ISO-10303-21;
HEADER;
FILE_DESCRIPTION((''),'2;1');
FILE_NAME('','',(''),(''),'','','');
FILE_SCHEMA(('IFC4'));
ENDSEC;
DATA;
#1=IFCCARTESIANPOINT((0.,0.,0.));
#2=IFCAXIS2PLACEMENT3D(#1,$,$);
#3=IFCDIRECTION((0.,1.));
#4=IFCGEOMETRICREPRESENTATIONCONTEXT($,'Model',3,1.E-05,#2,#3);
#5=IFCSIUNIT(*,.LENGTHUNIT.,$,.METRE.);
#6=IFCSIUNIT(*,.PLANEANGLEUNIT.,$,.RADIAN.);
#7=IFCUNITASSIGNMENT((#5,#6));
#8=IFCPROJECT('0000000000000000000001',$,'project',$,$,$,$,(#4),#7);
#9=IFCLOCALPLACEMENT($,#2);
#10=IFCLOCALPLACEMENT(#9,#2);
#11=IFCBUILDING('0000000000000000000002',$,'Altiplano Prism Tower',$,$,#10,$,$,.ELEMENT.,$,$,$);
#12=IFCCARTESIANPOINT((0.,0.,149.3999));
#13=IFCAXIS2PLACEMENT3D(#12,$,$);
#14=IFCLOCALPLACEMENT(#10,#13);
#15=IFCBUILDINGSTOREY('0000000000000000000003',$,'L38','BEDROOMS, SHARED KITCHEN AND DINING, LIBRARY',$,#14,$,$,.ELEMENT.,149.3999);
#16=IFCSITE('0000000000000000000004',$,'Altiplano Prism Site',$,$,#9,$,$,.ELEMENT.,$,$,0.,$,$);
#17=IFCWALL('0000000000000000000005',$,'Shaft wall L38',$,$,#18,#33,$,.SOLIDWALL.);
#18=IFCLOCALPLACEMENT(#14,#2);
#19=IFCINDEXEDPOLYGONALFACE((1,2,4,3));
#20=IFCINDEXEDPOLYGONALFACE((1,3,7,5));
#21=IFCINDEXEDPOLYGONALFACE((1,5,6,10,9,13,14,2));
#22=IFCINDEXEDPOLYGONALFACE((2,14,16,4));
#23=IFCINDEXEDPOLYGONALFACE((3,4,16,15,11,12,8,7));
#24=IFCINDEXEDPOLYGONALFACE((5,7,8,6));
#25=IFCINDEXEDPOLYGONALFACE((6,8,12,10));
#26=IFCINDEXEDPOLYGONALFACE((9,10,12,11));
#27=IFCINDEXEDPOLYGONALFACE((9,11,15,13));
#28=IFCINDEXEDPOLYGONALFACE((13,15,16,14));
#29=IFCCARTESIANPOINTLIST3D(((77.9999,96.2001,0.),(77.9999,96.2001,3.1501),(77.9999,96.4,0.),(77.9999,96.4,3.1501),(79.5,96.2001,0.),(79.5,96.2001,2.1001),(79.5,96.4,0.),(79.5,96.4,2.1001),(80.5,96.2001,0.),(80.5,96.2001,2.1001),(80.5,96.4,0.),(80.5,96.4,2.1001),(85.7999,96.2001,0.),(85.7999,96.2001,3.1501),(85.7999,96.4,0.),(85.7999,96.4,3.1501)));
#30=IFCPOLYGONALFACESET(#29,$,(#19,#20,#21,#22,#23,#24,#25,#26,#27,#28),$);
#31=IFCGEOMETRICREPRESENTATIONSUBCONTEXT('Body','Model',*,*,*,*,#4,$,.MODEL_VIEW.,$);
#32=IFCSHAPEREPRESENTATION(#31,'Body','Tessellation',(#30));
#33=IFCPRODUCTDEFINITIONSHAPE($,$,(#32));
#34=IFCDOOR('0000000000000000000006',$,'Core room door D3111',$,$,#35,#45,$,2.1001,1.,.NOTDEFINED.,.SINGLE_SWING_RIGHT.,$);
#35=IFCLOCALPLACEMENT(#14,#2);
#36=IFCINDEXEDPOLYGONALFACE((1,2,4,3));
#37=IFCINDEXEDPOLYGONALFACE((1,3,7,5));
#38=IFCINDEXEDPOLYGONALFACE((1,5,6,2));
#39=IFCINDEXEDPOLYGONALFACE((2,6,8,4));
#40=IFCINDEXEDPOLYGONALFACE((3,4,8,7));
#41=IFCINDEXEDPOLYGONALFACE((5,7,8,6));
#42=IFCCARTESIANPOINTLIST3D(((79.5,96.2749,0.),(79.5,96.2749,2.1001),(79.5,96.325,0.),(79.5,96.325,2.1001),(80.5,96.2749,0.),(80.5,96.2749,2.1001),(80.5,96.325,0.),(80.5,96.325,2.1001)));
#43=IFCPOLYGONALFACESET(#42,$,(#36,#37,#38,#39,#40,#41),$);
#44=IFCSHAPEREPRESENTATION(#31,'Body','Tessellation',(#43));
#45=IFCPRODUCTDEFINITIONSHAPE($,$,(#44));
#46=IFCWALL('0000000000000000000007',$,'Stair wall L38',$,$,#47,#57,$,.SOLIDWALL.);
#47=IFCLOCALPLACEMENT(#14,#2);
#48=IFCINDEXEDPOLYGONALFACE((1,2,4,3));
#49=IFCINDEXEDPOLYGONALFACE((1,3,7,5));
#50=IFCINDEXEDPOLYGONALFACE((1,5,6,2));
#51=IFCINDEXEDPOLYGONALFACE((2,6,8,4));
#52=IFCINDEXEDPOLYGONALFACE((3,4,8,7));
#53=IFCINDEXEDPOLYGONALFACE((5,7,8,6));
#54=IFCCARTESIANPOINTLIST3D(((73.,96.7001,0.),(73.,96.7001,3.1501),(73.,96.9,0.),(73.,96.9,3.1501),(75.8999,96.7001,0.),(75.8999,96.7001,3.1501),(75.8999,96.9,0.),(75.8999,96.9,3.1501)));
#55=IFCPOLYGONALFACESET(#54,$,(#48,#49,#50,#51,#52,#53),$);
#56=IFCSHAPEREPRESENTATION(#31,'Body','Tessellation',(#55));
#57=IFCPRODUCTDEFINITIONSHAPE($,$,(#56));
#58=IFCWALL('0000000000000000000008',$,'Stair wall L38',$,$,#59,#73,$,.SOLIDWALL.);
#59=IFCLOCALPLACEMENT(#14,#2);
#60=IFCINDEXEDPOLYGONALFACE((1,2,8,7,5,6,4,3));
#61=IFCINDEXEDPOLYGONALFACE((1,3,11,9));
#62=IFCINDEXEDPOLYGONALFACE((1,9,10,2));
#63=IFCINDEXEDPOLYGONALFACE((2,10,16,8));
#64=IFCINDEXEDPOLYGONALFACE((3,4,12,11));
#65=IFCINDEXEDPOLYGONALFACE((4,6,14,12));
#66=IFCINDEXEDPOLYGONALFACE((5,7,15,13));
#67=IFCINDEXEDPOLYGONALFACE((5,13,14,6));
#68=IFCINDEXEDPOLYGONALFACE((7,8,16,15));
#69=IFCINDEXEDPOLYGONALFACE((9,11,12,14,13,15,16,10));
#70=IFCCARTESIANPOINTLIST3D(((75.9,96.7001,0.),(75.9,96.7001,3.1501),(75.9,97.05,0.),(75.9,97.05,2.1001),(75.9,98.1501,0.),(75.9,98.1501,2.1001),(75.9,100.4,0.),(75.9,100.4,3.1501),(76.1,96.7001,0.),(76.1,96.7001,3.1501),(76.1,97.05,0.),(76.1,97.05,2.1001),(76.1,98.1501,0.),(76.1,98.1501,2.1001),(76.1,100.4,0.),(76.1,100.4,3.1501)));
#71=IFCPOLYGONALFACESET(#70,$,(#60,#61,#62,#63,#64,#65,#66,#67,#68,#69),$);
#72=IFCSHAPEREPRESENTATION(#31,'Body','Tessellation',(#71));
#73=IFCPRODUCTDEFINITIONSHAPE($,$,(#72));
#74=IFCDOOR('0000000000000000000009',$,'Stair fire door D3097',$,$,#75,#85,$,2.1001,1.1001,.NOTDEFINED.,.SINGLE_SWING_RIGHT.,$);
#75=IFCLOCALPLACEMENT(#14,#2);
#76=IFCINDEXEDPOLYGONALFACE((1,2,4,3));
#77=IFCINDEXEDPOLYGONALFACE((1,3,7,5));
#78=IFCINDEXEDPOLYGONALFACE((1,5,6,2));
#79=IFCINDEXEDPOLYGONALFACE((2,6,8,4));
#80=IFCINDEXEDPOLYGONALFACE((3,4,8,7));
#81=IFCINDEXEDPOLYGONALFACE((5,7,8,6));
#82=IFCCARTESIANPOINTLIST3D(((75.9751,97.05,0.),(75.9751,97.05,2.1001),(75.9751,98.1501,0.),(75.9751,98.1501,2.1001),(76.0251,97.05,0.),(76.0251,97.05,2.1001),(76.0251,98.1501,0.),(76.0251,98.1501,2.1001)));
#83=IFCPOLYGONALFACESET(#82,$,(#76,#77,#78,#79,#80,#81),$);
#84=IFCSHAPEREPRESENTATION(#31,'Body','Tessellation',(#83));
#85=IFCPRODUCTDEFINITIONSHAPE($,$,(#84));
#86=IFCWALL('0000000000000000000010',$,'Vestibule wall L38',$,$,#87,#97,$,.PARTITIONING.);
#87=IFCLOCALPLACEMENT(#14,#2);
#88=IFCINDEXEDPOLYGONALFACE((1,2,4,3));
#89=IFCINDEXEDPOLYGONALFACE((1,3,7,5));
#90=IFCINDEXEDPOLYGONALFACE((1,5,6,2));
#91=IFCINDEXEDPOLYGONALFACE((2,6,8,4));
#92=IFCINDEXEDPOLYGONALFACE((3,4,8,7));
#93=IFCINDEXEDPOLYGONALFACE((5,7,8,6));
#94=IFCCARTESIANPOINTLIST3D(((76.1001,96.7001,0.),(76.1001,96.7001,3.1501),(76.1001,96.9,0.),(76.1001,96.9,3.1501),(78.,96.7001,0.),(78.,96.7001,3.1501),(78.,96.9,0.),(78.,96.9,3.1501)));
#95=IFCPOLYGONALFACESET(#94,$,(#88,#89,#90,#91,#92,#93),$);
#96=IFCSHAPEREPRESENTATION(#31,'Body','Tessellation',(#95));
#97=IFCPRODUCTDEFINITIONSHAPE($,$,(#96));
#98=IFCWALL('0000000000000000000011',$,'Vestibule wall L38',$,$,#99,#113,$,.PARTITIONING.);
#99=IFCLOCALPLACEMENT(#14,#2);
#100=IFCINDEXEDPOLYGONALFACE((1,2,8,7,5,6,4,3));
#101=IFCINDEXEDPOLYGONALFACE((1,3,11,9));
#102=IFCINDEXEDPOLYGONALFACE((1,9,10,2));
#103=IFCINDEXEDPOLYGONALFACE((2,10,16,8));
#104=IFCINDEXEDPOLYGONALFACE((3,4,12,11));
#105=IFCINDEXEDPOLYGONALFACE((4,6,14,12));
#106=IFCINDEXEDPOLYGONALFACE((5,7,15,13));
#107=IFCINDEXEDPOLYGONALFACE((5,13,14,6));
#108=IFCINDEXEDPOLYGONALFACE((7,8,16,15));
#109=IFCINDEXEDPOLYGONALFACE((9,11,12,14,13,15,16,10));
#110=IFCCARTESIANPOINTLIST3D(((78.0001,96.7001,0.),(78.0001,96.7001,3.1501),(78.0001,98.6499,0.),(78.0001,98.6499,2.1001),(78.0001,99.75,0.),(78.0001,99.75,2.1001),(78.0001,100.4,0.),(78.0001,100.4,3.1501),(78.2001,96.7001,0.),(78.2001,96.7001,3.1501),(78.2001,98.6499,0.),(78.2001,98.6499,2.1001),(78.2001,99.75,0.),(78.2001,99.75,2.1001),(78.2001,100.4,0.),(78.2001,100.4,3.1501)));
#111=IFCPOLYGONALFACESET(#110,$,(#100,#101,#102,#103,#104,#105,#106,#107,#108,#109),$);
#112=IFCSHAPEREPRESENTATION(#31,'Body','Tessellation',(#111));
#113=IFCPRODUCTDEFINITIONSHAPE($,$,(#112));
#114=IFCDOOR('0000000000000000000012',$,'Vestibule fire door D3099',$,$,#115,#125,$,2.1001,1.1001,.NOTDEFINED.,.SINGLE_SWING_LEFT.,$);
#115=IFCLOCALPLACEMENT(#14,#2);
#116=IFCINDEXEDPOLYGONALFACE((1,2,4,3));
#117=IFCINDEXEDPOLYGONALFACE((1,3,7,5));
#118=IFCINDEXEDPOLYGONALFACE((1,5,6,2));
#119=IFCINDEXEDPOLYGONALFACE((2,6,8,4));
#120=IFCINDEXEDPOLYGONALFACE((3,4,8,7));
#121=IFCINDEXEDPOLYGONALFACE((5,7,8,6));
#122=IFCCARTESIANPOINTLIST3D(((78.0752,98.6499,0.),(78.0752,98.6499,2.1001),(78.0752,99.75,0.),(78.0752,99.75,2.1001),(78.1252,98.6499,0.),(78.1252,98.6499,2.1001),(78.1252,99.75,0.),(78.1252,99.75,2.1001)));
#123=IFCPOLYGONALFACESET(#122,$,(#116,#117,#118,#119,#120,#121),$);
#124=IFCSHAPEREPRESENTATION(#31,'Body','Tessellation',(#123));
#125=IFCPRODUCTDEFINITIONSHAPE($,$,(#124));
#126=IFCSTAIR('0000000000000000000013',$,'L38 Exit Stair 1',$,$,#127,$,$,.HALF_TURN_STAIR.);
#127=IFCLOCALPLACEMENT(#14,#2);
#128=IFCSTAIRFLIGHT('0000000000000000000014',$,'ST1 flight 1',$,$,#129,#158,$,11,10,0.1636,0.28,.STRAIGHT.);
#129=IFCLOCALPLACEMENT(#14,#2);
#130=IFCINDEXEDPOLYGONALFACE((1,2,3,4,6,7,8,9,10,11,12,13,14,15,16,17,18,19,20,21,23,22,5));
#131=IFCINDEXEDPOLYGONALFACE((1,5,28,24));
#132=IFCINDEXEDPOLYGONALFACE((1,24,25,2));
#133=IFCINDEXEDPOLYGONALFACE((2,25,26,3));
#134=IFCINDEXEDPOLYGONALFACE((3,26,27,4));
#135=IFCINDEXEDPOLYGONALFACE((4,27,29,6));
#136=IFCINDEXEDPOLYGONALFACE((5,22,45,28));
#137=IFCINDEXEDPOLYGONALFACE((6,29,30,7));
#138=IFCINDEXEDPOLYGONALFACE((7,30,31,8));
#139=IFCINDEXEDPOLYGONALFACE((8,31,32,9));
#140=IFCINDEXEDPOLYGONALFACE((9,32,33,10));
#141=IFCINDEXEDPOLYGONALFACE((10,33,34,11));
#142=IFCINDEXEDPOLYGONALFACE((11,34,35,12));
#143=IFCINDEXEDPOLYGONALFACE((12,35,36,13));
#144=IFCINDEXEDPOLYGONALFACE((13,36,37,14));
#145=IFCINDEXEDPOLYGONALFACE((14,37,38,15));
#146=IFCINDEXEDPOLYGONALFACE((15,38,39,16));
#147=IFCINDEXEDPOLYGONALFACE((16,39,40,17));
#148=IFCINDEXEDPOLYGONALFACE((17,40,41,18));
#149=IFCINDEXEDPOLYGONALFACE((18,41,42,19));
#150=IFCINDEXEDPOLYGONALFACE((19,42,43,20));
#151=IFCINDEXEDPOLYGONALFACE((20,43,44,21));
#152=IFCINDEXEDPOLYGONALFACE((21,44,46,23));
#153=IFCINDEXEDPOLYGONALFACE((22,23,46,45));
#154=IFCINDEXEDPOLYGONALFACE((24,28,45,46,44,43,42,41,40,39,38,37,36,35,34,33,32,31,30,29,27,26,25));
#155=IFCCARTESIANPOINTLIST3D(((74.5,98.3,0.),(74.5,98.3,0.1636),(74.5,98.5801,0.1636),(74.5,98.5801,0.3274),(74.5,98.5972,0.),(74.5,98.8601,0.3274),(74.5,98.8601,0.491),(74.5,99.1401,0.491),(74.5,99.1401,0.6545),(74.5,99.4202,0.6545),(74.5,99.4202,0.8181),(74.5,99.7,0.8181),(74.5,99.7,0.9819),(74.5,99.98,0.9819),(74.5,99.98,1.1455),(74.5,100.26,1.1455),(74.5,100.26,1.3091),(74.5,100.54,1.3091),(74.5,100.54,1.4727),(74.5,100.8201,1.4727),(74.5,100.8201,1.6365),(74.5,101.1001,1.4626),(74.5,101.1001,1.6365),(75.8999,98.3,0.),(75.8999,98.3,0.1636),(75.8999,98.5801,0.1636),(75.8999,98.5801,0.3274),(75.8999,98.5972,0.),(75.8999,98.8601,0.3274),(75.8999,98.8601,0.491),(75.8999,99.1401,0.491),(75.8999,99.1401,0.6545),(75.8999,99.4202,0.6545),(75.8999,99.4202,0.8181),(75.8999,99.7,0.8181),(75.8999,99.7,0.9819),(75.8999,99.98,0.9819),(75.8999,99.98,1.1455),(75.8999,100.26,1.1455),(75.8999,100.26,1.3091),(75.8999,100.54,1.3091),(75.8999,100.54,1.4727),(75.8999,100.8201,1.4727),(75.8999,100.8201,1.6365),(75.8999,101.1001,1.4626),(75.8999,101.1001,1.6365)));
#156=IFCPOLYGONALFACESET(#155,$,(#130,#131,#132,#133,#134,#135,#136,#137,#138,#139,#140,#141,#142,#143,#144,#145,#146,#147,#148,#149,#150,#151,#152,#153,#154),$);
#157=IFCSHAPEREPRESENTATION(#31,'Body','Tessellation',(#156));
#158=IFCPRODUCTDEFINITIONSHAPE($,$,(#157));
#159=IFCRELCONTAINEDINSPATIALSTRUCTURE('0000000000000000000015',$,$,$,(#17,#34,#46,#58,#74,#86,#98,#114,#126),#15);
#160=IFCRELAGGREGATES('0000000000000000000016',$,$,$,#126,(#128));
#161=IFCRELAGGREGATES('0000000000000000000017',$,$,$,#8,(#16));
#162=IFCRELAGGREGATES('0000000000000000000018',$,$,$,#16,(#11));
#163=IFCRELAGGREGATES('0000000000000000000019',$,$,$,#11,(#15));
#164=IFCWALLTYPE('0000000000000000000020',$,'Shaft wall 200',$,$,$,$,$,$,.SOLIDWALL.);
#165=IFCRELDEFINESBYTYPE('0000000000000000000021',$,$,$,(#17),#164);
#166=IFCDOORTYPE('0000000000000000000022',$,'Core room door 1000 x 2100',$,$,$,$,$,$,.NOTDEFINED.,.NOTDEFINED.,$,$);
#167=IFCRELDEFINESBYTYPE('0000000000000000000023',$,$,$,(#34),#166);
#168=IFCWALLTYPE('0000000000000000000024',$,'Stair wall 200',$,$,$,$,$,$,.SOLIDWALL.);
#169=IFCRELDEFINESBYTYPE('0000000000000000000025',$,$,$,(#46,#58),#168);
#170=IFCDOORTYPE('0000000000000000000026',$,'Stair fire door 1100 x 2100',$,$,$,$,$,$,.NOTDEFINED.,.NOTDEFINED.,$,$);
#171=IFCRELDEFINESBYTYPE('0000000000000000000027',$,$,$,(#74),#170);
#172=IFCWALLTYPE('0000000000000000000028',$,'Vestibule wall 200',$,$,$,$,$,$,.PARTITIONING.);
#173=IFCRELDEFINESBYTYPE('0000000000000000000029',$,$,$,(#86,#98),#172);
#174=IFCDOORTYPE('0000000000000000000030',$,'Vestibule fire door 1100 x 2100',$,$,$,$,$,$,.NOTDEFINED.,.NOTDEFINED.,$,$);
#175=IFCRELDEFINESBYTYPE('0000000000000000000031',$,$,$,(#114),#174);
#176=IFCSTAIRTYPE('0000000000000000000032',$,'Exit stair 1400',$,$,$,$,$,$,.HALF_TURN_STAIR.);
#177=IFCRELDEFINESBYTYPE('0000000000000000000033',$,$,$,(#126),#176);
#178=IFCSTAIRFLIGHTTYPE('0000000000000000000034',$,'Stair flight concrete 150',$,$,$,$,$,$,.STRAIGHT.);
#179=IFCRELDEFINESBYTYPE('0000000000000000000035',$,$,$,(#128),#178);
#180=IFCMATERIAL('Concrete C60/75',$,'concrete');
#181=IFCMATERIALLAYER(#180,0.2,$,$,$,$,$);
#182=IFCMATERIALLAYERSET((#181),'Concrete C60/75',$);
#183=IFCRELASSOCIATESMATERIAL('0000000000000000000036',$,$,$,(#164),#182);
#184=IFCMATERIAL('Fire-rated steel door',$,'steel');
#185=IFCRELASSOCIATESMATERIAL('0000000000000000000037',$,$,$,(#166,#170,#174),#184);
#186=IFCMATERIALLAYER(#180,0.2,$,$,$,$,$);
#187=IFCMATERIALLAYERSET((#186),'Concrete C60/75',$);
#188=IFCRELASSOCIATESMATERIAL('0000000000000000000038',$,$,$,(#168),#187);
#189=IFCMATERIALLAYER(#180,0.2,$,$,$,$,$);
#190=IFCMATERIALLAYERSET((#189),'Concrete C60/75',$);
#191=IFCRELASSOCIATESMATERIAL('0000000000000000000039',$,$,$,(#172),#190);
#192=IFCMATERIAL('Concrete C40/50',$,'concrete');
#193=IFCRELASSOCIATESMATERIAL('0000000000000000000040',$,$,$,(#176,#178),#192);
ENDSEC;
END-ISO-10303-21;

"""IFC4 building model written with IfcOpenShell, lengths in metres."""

from ifc_helpers import new_model, si_unit, direction, frame, frame_2d, origin, place, context, subcontext, project, spatial, polyline, rectangle, outline, extrude, material, layer, layer_set, type_object, element, fill, aggregate, save


model = new_model("IFC4")

# Units and contexts
model_context = context("Model", 3, precision=1e-05, world=origin(), true_north=direction((0.0, 1.0)))
body_context = subcontext(model_context, "Body", "Model", "MODEL_VIEW")
ifc_project = project(units=[si_unit("LENGTHUNIT", "METRE"), si_unit("PLANEANGLEUNIT", "RADIAN")], contexts=[model_context])

# Site, building, storey
site_placement = place(None, origin())
site = spatial("IfcSite", under=ifc_project, at=site_placement, Name="Altiplano Prism Site", CompositionType="ELEMENT", RefElevation=0.0)
building_placement = place(site_placement, origin())
building = spatial("IfcBuilding", under=site, at=building_placement, Name="Altiplano Prism Tower", CompositionType="ELEMENT")
storey_placement = place(building_placement, frame((0.0, 0.0, 149.3999)))
storey = spatial("IfcBuildingStorey", under=building, at=storey_placement, Name="L38", Description="BEDROOMS, SHARED KITCHEN AND DINING, LIBRARY", CompositionType="ELEMENT", Elevation=149.3999)

# Wall, opening, door
ifc_material_1 = material(Name="Concrete C60/75", Category="concrete")
ifc_layer_1 = layer(ifc_material_1, 0.2)
ifc_layer_set_1 = layer_set([ifc_layer_1], Name="Concrete C60/75")
wall_type_1 = type_object("IfcWallType", Name="Shaft wall 200", PredefinedType="SOLIDWALL", material=ifc_layer_set_1)
wall_1_placement = place(storey_placement, frame((78.0, 96.3, 0.0), z_axis=(0.0, 0.0, 1.0), x_axis=(1.0, 0.0, 0.0)))
wall_1 = element("IfcWall", 1, at=wall_1_placement, inside=storey, type_object=wall_type_1, Name="Shaft wall L38", PredefinedType="SOLIDWALL", context=body_context, shape_type="SweptSolid", body=[
    extrude(rectangle(XDim=7.8, YDim=0.2, at=frame_2d((3.8999, 0.0))), origin(), (0.0, 0.0, 1.0), 3.1501),
])
opening_1_placement = place(wall_1_placement, frame((1.5, 0.0, 0.0)))
opening_1 = element("IfcOpeningElement", 2, at=opening_1_placement, cuts=wall_1, PredefinedType="OPENING", context=body_context, shape_type="SweptSolid", body=[
    extrude(rectangle(XDim=1.0, YDim=2.1001, at=frame_2d((0.5, 1.05))), frame((0.0, 0.1104, 0.0), z_axis=(0.0, -1.0, 0.0), x_axis=(1.0, 0.0, 0.0)), (0.0, 0.0, 1.0), 0.2209),
])
ifc_material_2 = material(Name="Fire-rated steel door", Category="steel")
door_type_1 = type_object("IfcDoorType", Name="Core room door 1000 x 2100", OperationType="NOTDEFINED", PredefinedType="NOTDEFINED", material=ifc_material_2)
door_1_placement = place(opening_1_placement, origin())
door_1 = element("IfcDoor", 3, at=door_1_placement, inside=storey, type_object=door_type_1, Name="Core room door D3111", OperationType="SINGLE_SWING_RIGHT", OverallHeight=2.1001, OverallWidth=1.0, PredefinedType="NOTDEFINED", context=body_context, shape_type="SweptSolid", body=[
    extrude(rectangle(XDim=1.0, YDim=2.1001, at=frame_2d((0.5, 1.05))), frame((0.0, 0.0249, 0.0), z_axis=(0.0, -1.0, 0.0), x_axis=(1.0, 0.0, 0.0)), (0.0, 0.0, 1.0), 0.05),
])
fill(opening_1, door_1)

# Wall
ifc_layer_2 = layer(ifc_material_1, 0.2)
ifc_layer_set_2 = layer_set([ifc_layer_2], Name="Concrete C60/75")
wall_type_2 = type_object("IfcWallType", Name="Stair wall 200", PredefinedType="SOLIDWALL", material=ifc_layer_set_2)
wall_2_placement = place(storey_placement, frame((73.0, 96.8, 0.0), z_axis=(0.0, 0.0, 1.0), x_axis=(1.0, 0.0, 0.0)))
element("IfcWall", 4, at=wall_2_placement, inside=storey, type_object=wall_type_2, Name="Stair wall L38", PredefinedType="SOLIDWALL", context=body_context, shape_type="SweptSolid", body=[
    extrude(rectangle(XDim=2.8999, YDim=0.2, at=frame_2d((1.45, 0.0))), origin(), (0.0, 0.0, 1.0), 3.1501),
])

# Wall, opening, door
wall_3_placement = place(storey_placement, frame((76.0, 96.7, 0.0), z_axis=(0.0, 0.0, 1.0), x_axis=(0.0, 1.0, 0.0)))
wall_3 = element("IfcWall", 5, at=wall_3_placement, inside=storey, type_object=wall_type_2, Name="Stair wall L38", PredefinedType="SOLIDWALL", context=body_context, shape_type="SweptSolid", body=[
    extrude(rectangle(XDim=3.7, YDim=0.2, at=frame_2d((1.8501, 0.0))), origin(), (0.0, 0.0, 1.0), 3.1501),
])
opening_2_placement = place(wall_3_placement, frame((0.3501, 0.0, 0.0)))
opening_2 = element("IfcOpeningElement", 6, at=opening_2_placement, cuts=wall_3, PredefinedType="OPENING", context=body_context, shape_type="SweptSolid", body=[
    extrude(rectangle(XDim=1.1001, YDim=2.1001, at=frame_2d((0.55, 1.05))), frame((0.0, 0.1104, 0.0), z_axis=(0.0, -1.0, 0.0), x_axis=(1.0, 0.0, 0.0)), (0.0, 0.0, 1.0), 0.2209),
])
door_type_2 = type_object("IfcDoorType", Name="Stair fire door 1100 x 2100", OperationType="NOTDEFINED", PredefinedType="NOTDEFINED", material=ifc_material_2)
door_2_placement = place(opening_2_placement, origin())
door_2 = element("IfcDoor", 7, at=door_2_placement, inside=storey, type_object=door_type_2, Name="Stair fire door D3097", OperationType="SINGLE_SWING_RIGHT", OverallHeight=2.1001, OverallWidth=1.1001, PredefinedType="NOTDEFINED", context=body_context, shape_type="SweptSolid", body=[
    extrude(rectangle(XDim=1.1001, YDim=2.1001, at=frame_2d((0.55, 1.05))), frame((0.0, 0.0249, 0.0), z_axis=(0.0, -1.0, 0.0), x_axis=(1.0, 0.0, 0.0)), (0.0, 0.0, 1.0), 0.05),
])
fill(opening_2, door_2)

# Wall
ifc_layer_3 = layer(ifc_material_1, 0.2)
ifc_layer_set_3 = layer_set([ifc_layer_3], Name="Concrete C60/75")
wall_type_3 = type_object("IfcWallType", Name="Vestibule wall 200", PredefinedType="PARTITIONING", material=ifc_layer_set_3)
wall_4_placement = place(storey_placement, frame((76.1001, 96.8, 0.0), z_axis=(0.0, 0.0, 1.0), x_axis=(1.0, 0.0, 0.0)))
element("IfcWall", 8, at=wall_4_placement, inside=storey, type_object=wall_type_3, Name="Vestibule wall L38", PredefinedType="PARTITIONING", context=body_context, shape_type="SweptSolid", body=[
    extrude(rectangle(XDim=1.8999, YDim=0.2, at=frame_2d((0.95, 0.0))), origin(), (0.0, 0.0, 1.0), 3.1501),
])

# Wall, opening, door
wall_5_placement = place(storey_placement, frame((78.1001, 96.7, 0.0), z_axis=(0.0, 0.0, 1.0), x_axis=(0.0, 1.0, 0.0)))
wall_5 = element("IfcWall", 9, at=wall_5_placement, inside=storey, type_object=wall_type_3, Name="Vestibule wall L38", PredefinedType="PARTITIONING", context=body_context, shape_type="SweptSolid", body=[
    extrude(rectangle(XDim=3.7, YDim=0.2, at=frame_2d((1.8501, 0.0))), origin(), (0.0, 0.0, 1.0), 3.1501),
])
opening_3_placement = place(wall_5_placement, frame((1.95, 0.0, 0.0)))
opening_3 = element("IfcOpeningElement", 10, at=opening_3_placement, cuts=wall_5, PredefinedType="OPENING", context=body_context, shape_type="SweptSolid", body=[
    extrude(rectangle(XDim=1.1001, YDim=2.1001, at=frame_2d((0.55, 1.05))), frame((0.0, 0.1104, 0.0), z_axis=(0.0, -1.0, 0.0), x_axis=(1.0, 0.0, 0.0)), (0.0, 0.0, 1.0), 0.2209),
])
door_type_3 = type_object("IfcDoorType", Name="Vestibule fire door 1100 x 2100", OperationType="NOTDEFINED", PredefinedType="NOTDEFINED", material=ifc_material_2)
door_3_placement = place(opening_3_placement, origin())
door_3 = element("IfcDoor", 11, at=door_3_placement, inside=storey, type_object=door_type_3, Name="Vestibule fire door D3099", OperationType="SINGLE_SWING_LEFT", OverallHeight=2.1001, OverallWidth=1.1001, PredefinedType="NOTDEFINED", context=body_context, shape_type="SweptSolid", body=[
    extrude(rectangle(XDim=1.1001, YDim=2.1001, at=frame_2d((0.55, 1.05))), frame((0.0, 0.0249, 0.0), z_axis=(0.0, -1.0, 0.0), x_axis=(1.0, 0.0, 0.0)), (0.0, 0.0, 1.0), 0.05),
])
fill(opening_3, door_3)

# Stair, stair flight
ifc_material_3 = material(Name="Concrete C40/50", Category="concrete")
stair_type = type_object("IfcStairType", Name="Exit stair 1400", PredefinedType="HALF_TURN_STAIR", material=ifc_material_3)
stair_placement = place(storey_placement, origin())
stair = element("IfcStair", 12, at=stair_placement, inside=storey, type_object=stair_type, Name="L38 Exit Stair 1", PredefinedType="HALF_TURN_STAIR")
stair_flight_type = type_object("IfcStairFlightType", Name="Stair flight concrete 150", PredefinedType="STRAIGHT", material=ifc_material_3)
stair_flight_placement = place(storey_placement, frame((75.2, 98.3, 0.0), z_axis=(0.0, 0.0, 1.0), x_axis=(0.0, 1.0, 0.0)))
stair_flight = element("IfcStairFlight", 13, at=stair_flight_placement, type_object=stair_flight_type, Name="ST1 flight 1", NumberOfRisers=11, NumberOfTreads=10, PredefinedType="STRAIGHT", RiserHeight=0.1636, TreadLength=0.28, context=body_context, shape_type="SweptSolid", body=[
    extrude(outline(polyline([(0.0, 0.0), (0.0, 0.1636), (0.28, 0.1636), (0.28, 0.3274), (0.5601, 0.3274), (0.5601, 0.491), (0.8401, 0.491), (0.8401, 0.6545), (1.1201, 0.6545), (1.1201, 0.8181), (1.3999, 0.8181), (1.3999, 0.9819), (1.6799, 0.9819), (1.6799, 1.1455), (1.96, 1.1455), (1.96, 1.3091), (2.24, 1.3091), (2.24, 1.4727), (2.52, 1.4727), (2.52, 1.6365), (2.8, 1.6365), (2.8, 1.8), (2.8, 1.4626), (0.2971, 0.0), (0.0, 0.0)])), frame((0.0, 0.7, 0.0), z_axis=(0.0, -1.0, 0.0), x_axis=(1.0, 0.0, 0.0)), (0.0, 0.0, 1.0), 1.3999),
])
aggregate(stair, [stair_flight])

save(model, "model.ifc")
